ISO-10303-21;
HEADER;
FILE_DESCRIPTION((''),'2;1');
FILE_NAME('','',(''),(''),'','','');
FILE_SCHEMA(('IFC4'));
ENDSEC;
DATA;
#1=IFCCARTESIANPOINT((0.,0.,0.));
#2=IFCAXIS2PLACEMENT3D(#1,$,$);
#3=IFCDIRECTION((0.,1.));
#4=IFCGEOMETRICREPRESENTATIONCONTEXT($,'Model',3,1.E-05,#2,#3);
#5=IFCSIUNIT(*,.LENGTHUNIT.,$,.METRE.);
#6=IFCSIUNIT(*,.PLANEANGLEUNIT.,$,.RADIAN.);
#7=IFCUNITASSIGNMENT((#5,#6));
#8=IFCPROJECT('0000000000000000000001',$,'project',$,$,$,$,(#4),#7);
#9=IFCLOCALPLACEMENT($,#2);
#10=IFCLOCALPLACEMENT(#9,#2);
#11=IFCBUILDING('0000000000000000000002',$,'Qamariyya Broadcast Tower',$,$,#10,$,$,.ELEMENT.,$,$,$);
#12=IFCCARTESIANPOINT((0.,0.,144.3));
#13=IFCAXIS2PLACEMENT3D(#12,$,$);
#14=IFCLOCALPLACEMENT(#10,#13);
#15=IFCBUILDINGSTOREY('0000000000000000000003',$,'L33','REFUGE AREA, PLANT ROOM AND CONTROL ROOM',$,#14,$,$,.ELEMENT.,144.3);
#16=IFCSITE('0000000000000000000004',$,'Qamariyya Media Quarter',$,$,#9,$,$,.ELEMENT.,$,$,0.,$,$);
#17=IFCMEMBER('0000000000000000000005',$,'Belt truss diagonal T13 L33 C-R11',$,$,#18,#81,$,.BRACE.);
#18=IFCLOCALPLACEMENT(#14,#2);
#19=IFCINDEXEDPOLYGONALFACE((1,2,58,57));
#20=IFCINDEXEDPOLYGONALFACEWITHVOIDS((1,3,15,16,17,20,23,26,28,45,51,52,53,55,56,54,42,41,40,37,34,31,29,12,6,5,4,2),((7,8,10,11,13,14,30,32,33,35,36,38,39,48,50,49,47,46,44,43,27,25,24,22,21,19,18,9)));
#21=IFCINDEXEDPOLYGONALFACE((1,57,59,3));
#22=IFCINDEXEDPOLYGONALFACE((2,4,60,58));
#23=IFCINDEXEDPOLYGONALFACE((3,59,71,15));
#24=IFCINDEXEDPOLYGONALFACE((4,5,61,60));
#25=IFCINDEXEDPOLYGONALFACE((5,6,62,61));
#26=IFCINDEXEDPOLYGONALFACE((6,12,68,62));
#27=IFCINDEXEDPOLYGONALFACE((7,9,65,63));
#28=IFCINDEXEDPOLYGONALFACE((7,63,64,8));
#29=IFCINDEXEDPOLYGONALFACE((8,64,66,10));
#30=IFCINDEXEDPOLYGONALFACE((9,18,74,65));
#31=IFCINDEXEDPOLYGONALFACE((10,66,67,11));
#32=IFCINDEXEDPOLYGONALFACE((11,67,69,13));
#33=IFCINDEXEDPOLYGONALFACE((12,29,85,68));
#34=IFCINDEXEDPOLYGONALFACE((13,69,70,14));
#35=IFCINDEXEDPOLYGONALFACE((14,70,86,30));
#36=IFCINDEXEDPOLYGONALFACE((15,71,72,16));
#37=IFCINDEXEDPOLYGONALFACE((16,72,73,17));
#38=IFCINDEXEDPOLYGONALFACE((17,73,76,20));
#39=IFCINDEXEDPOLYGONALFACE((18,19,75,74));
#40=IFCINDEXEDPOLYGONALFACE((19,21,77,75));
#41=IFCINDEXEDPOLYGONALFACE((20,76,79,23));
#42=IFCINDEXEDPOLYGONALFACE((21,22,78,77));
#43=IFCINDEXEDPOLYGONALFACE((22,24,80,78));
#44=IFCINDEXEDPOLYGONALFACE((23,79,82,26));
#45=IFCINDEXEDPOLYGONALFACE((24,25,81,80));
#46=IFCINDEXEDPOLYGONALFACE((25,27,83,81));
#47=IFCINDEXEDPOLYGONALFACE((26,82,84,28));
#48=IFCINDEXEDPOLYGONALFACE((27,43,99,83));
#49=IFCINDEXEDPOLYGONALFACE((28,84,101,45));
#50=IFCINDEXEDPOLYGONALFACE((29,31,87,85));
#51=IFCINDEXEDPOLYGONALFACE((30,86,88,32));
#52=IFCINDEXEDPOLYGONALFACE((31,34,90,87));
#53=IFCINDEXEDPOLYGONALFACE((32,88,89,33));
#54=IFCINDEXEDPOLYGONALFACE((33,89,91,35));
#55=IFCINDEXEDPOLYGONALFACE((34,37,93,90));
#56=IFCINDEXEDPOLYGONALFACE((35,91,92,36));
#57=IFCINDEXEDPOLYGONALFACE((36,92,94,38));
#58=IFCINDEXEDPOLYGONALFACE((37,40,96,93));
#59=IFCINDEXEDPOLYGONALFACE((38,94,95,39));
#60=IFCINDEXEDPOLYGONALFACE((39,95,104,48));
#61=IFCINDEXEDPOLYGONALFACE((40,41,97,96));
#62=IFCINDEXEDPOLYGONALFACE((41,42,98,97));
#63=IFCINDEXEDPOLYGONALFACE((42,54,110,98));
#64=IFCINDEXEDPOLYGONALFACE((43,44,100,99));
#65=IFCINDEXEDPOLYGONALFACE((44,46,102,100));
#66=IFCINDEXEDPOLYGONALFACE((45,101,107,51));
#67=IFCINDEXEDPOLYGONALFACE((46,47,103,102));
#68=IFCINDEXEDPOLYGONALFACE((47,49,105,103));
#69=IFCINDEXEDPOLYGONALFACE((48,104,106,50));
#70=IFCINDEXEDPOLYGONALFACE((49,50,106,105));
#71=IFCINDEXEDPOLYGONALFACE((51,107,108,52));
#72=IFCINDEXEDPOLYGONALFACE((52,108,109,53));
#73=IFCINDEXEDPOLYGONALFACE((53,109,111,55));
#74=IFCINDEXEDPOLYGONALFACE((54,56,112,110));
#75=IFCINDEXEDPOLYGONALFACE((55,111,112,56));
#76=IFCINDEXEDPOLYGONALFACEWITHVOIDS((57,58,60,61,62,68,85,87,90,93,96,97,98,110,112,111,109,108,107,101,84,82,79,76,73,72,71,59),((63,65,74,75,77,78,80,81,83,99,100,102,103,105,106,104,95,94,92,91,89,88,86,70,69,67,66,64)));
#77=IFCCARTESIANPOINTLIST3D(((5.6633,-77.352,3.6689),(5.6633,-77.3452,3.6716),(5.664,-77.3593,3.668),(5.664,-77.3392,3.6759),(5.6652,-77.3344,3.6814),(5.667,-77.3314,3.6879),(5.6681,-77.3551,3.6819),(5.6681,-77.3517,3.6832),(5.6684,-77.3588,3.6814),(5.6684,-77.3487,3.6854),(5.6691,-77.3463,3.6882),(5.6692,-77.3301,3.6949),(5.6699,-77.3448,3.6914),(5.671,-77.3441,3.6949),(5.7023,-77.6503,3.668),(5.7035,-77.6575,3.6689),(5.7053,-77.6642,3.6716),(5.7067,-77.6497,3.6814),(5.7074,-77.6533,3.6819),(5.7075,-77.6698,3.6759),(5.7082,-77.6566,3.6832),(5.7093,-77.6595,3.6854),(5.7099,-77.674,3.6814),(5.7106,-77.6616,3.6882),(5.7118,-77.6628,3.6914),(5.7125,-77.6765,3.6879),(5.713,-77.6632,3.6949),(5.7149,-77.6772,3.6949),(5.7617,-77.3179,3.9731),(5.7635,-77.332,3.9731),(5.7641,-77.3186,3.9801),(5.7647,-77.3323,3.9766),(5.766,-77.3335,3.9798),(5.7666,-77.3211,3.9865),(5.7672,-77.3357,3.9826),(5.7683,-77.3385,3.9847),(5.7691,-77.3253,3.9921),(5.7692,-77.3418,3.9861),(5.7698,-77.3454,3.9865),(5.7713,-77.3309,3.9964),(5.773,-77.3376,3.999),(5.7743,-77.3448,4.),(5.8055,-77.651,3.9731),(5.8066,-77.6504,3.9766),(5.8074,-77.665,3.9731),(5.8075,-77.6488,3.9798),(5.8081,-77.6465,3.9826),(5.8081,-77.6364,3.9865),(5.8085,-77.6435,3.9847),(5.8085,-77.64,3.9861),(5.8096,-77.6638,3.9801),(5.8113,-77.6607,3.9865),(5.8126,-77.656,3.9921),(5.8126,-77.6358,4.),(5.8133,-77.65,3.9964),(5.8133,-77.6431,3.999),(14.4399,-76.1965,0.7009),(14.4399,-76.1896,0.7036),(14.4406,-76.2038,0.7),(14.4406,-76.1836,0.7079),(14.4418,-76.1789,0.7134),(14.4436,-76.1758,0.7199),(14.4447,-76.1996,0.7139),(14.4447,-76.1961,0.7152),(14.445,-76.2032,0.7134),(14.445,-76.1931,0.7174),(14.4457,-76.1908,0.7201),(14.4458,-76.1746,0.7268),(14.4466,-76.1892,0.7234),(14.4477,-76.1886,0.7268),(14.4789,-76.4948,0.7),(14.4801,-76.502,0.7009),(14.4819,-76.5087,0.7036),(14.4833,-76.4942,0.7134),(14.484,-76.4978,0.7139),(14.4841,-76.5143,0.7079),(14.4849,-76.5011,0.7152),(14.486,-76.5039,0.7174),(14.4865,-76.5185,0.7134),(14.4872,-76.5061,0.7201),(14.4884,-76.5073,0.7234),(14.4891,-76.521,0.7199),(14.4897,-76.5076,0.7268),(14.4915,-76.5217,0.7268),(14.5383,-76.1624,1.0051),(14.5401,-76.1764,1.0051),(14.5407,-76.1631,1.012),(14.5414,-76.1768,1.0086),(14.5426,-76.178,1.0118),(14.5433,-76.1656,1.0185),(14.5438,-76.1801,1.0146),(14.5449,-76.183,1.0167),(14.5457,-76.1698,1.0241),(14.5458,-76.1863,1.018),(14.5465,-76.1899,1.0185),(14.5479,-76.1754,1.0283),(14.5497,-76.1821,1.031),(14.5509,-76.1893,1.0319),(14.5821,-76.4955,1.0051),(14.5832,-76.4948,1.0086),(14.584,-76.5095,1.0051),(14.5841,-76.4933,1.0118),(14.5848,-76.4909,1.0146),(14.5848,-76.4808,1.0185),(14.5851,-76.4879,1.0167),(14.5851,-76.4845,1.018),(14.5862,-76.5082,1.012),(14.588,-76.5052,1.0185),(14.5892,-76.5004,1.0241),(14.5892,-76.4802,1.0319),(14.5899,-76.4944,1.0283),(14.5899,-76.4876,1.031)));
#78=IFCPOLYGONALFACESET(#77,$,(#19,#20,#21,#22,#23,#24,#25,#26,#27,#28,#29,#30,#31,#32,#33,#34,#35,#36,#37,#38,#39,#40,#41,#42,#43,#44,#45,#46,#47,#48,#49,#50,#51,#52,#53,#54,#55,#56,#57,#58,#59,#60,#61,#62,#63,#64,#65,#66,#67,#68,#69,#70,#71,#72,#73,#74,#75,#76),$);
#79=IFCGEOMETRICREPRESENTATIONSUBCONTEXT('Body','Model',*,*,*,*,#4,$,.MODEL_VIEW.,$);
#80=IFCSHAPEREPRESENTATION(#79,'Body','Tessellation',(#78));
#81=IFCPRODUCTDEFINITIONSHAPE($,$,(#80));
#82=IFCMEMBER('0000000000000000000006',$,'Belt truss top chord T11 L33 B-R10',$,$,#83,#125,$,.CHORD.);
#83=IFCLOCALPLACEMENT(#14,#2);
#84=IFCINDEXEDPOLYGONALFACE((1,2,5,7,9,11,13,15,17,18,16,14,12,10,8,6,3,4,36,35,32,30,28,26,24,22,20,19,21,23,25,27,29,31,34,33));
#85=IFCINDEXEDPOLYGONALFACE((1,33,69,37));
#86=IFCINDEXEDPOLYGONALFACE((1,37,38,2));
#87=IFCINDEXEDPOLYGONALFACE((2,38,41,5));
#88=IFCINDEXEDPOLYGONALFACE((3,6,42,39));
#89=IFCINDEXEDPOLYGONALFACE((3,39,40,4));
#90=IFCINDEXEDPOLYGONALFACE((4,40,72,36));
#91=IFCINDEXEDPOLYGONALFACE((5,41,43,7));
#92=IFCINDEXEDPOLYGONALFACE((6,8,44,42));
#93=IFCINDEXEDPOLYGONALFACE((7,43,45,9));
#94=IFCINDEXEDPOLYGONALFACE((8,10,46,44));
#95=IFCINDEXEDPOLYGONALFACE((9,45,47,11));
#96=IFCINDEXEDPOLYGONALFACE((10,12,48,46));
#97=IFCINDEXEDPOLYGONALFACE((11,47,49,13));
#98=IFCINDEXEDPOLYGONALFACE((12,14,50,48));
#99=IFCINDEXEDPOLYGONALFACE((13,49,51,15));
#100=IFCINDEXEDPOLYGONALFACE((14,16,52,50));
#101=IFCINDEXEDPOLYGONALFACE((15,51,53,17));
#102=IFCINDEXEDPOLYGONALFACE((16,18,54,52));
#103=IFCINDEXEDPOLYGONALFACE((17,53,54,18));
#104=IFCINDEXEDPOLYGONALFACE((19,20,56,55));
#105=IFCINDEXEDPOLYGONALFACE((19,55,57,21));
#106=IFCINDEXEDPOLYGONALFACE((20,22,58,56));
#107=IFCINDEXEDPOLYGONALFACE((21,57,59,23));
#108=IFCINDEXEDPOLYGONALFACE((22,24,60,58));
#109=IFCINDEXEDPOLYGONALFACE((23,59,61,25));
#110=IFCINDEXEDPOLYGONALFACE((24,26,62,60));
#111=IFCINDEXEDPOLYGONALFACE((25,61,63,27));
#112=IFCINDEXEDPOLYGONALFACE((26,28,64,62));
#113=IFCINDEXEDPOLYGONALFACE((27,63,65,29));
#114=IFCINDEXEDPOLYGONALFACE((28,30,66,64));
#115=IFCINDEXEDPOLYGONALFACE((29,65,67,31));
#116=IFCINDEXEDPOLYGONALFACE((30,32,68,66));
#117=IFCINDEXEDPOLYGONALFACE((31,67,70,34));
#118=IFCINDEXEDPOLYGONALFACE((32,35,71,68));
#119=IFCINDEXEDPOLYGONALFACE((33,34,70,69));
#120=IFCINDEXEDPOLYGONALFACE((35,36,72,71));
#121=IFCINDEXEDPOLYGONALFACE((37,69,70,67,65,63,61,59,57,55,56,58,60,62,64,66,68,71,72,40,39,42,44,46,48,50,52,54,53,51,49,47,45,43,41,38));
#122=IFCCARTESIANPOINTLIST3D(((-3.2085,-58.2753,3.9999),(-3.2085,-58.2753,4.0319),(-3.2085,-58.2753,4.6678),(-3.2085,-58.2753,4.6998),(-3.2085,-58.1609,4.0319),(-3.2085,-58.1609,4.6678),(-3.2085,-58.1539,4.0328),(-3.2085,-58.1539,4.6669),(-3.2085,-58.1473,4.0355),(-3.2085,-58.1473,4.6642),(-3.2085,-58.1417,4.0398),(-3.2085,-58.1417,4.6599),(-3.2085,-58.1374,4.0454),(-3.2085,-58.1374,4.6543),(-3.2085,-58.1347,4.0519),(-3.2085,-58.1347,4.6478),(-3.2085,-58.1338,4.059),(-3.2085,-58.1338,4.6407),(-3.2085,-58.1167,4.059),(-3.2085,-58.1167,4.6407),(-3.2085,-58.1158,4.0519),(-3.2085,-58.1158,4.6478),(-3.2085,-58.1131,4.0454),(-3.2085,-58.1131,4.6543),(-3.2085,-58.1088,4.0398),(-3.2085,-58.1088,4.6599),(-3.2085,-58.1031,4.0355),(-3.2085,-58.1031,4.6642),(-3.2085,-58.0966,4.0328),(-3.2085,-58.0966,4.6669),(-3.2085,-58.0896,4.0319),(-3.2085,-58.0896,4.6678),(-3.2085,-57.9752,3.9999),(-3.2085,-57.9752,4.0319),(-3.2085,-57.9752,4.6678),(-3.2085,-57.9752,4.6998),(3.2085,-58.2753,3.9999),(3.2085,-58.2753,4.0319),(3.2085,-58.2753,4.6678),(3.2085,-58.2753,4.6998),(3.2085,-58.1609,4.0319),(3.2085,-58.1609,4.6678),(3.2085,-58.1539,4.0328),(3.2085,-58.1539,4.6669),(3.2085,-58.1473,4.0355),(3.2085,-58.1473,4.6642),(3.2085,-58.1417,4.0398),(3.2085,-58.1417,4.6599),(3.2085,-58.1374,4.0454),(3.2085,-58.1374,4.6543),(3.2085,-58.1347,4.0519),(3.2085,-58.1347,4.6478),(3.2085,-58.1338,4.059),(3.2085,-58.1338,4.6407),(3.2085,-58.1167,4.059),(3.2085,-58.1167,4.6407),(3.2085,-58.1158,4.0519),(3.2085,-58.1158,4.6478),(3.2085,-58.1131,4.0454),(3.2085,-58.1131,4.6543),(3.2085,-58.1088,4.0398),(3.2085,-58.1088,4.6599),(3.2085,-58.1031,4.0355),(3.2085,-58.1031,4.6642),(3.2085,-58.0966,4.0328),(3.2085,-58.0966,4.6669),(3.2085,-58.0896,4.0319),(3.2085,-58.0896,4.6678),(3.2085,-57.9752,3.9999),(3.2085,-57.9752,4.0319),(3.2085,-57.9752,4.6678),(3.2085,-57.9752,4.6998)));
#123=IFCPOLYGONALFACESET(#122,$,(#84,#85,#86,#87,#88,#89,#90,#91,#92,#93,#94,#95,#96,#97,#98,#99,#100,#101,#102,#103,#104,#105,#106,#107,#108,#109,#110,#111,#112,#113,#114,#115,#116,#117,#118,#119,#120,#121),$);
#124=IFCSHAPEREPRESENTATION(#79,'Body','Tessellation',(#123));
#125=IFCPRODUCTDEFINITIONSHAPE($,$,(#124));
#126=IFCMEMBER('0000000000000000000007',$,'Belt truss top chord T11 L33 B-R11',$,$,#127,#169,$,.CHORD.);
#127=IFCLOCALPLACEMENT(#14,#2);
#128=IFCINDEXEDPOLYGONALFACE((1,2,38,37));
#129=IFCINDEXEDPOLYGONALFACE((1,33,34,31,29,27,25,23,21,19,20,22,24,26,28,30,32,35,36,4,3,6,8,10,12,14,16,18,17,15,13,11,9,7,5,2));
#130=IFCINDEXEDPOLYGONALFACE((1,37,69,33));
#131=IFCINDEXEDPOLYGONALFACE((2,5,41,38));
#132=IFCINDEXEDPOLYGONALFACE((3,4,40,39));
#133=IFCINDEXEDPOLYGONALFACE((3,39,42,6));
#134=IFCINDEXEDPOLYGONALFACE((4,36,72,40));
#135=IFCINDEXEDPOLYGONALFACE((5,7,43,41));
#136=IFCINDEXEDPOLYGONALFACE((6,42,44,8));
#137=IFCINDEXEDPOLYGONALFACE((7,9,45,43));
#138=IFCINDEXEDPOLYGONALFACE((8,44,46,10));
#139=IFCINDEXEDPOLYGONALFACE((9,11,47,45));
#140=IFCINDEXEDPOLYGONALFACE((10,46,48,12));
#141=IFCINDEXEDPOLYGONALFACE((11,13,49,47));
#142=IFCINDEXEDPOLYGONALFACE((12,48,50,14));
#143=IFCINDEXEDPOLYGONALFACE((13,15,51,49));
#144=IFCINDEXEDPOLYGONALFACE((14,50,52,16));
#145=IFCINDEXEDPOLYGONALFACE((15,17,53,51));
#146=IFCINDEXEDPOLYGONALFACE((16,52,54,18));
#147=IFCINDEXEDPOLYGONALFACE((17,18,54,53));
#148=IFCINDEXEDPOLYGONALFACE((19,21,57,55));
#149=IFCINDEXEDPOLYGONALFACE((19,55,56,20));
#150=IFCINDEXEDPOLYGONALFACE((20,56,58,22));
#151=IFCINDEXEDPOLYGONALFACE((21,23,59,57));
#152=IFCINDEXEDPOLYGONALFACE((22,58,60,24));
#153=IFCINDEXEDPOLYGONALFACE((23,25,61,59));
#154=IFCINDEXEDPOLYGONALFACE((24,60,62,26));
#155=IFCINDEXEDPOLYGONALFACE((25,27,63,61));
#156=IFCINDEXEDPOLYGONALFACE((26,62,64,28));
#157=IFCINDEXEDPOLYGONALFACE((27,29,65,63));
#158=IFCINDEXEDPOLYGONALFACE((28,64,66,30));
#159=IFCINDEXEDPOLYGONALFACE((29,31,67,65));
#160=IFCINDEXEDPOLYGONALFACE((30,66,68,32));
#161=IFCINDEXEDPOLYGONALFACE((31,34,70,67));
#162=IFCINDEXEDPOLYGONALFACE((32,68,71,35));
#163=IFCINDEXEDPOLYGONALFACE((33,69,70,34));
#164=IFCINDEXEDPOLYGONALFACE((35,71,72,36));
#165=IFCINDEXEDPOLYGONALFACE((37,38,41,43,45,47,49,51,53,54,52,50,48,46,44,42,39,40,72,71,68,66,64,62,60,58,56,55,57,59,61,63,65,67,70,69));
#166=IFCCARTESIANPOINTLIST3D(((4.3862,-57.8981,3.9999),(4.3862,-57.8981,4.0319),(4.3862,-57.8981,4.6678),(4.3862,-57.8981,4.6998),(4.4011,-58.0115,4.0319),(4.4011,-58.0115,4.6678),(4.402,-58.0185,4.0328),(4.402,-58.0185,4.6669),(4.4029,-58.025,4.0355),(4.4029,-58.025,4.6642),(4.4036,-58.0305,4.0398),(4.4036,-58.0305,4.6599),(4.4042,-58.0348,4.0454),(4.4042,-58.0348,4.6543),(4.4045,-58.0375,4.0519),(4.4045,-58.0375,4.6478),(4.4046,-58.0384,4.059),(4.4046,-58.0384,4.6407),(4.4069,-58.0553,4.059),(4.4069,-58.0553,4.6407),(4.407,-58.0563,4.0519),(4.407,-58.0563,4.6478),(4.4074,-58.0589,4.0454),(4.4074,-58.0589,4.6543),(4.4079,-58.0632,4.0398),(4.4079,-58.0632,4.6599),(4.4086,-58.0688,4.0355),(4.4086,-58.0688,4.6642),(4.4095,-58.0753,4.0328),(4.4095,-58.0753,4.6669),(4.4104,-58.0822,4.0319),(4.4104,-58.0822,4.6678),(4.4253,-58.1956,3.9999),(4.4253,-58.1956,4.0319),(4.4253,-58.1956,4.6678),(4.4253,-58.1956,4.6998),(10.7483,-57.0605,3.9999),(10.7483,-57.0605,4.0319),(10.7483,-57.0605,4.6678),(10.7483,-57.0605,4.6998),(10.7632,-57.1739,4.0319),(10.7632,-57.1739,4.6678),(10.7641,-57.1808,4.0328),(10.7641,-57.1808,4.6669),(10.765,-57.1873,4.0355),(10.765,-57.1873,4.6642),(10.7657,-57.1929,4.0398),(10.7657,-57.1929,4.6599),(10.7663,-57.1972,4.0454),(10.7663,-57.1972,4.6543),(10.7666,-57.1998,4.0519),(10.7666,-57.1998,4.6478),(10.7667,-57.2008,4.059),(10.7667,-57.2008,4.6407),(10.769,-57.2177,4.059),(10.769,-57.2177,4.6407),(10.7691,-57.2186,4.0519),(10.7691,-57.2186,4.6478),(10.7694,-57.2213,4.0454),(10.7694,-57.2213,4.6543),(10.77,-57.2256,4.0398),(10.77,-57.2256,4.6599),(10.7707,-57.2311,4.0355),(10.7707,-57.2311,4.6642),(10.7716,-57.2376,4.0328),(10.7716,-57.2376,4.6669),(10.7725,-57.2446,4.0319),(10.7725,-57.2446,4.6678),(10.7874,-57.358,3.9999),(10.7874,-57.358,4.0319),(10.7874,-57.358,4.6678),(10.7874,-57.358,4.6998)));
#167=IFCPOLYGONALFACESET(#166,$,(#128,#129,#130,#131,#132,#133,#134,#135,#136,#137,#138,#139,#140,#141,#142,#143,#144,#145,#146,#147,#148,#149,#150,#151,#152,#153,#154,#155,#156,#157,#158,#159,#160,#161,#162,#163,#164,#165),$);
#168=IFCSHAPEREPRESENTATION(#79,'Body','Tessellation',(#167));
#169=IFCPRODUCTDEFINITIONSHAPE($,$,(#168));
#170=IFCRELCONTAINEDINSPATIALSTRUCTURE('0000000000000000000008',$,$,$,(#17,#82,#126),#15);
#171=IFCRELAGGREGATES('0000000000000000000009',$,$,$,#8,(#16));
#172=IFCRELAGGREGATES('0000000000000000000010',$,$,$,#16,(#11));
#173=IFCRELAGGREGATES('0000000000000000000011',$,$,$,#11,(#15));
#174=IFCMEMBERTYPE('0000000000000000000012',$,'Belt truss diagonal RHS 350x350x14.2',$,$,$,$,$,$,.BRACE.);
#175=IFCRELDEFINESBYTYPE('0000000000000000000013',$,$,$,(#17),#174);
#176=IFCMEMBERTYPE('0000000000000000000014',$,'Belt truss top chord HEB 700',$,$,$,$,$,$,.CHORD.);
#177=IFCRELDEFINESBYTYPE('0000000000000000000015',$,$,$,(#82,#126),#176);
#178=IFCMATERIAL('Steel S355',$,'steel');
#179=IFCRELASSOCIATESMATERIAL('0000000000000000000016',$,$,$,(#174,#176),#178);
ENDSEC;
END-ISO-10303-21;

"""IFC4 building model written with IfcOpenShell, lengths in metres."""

from ifc_helpers import new_model, si_unit, direction, frame, origin, origin_2d, place, context, subcontext, project, spatial, hollow_rectangle, i_section, extrude, material, material_profile, profile_set, type_object, element, save


model = new_model("IFC4")

# Units and contexts
model_context = context("Model", 3, precision=1e-05, world=origin(), true_north=direction((0.0, 1.0)))
body_context = subcontext(model_context, "Body", "Model", "MODEL_VIEW")
ifc_project = project(units=[si_unit("LENGTHUNIT", "METRE"), si_unit("PLANEANGLEUNIT", "RADIAN")], contexts=[model_context])

# Site, building, storey
site_placement = place(None, origin())
site = spatial("IfcSite", under=ifc_project, at=site_placement, Name="Qamariyya Media Quarter", CompositionType="ELEMENT", RefElevation=0.0)
building_placement = place(site_placement, origin())
building = spatial("IfcBuilding", under=site, at=building_placement, Name="Qamariyya Broadcast Tower", CompositionType="ELEMENT")
storey_placement = place(building_placement, frame((0.0, 0.0, 144.3)))
storey = spatial("IfcBuildingStorey", under=building, at=storey_placement, Name="L33", Description="REFUGE AREA, PLANT ROOM AND CONTROL ROOM", CompositionType="ELEMENT", Elevation=144.3)

# Members
ifc_material_1 = material(Name="Steel S355", Category="steel")
ifc_material_profile_1 = material_profile(ifc_material_1, hollow_rectangle(XDim=0.3501, YDim=0.3501, WallThickness=0.0142, InnerFilletRadius=0.0142, OuterFilletRadius=0.0283, at=origin_2d()))
ifc_profile_set_1 = profile_set([ifc_material_profile_1], Name="Steel S355")
member_type_1 = type_object("IfcMemberType", Name="Belt truss diagonal RHS 350x350x14.2", PredefinedType="BRACE", material=ifc_profile_set_1)
member_1_placement = place(storey_placement, frame((5.7383, -77.4976, 3.834), z_axis=(0.940016, 0.123761, -0.317889), x_axis=(-0.130532, 0.991444, 0.0)))
element("IfcMember", 1, at=member_1_placement, inside=storey, type_object=member_type_1, Name="Belt truss diagonal T13 L33 C-R11", PredefinedType="BRACE", context=body_context, shape_type="SweptSolid", body=[
    extrude(hollow_rectangle(XDim=0.3501, YDim=0.3501, WallThickness=0.0142, InnerFilletRadius=0.0142, OuterFilletRadius=0.0283, at=origin_2d()), origin(), (0.0, 0.0, 1.0), 9.3367),
])
ifc_material_profile_2 = material_profile(ifc_material_1, i_section(OverallWidth=0.3, OverallDepth=0.7, WebThickness=0.0171, FlangeThickness=0.032, FilletRadius=0.0271, at=origin_2d()))
ifc_profile_set_2 = profile_set([ifc_material_profile_2], Name="Steel S355")
member_type_2 = type_object("IfcMemberType", Name="Belt truss top chord HEB 700", PredefinedType="CHORD", material=ifc_profile_set_2)
for number, where, z_axis, x_axis, name in (
    (2, (-3.2085, -58.1252, 4.3499), (1.0, 0.0, 0.0), (0.0, 1.0, 0.0), "Belt truss top chord T11 L33 B-R10"),
    (3, (4.4058, -58.0469, 4.3499), (0.991444, 0.130536, 0.0), (-0.130536, 0.991444, 0.0), "Belt truss top chord T11 L33 B-R11"),
):
    element("IfcMember", number, at=place(storey_placement, frame(where, z_axis=z_axis, x_axis=x_axis)), inside=storey, type_object=member_type_2, Name=name, PredefinedType="CHORD", context=body_context, shape_type="SweptSolid", body=[
        extrude(i_section(OverallWidth=0.3, OverallDepth=0.7, WebThickness=0.0171, FlangeThickness=0.032, FilletRadius=0.0271, at=origin_2d()), origin(), (0.0, 0.0, 1.0), 6.417),
    ])

save(model, "model.ifc")
